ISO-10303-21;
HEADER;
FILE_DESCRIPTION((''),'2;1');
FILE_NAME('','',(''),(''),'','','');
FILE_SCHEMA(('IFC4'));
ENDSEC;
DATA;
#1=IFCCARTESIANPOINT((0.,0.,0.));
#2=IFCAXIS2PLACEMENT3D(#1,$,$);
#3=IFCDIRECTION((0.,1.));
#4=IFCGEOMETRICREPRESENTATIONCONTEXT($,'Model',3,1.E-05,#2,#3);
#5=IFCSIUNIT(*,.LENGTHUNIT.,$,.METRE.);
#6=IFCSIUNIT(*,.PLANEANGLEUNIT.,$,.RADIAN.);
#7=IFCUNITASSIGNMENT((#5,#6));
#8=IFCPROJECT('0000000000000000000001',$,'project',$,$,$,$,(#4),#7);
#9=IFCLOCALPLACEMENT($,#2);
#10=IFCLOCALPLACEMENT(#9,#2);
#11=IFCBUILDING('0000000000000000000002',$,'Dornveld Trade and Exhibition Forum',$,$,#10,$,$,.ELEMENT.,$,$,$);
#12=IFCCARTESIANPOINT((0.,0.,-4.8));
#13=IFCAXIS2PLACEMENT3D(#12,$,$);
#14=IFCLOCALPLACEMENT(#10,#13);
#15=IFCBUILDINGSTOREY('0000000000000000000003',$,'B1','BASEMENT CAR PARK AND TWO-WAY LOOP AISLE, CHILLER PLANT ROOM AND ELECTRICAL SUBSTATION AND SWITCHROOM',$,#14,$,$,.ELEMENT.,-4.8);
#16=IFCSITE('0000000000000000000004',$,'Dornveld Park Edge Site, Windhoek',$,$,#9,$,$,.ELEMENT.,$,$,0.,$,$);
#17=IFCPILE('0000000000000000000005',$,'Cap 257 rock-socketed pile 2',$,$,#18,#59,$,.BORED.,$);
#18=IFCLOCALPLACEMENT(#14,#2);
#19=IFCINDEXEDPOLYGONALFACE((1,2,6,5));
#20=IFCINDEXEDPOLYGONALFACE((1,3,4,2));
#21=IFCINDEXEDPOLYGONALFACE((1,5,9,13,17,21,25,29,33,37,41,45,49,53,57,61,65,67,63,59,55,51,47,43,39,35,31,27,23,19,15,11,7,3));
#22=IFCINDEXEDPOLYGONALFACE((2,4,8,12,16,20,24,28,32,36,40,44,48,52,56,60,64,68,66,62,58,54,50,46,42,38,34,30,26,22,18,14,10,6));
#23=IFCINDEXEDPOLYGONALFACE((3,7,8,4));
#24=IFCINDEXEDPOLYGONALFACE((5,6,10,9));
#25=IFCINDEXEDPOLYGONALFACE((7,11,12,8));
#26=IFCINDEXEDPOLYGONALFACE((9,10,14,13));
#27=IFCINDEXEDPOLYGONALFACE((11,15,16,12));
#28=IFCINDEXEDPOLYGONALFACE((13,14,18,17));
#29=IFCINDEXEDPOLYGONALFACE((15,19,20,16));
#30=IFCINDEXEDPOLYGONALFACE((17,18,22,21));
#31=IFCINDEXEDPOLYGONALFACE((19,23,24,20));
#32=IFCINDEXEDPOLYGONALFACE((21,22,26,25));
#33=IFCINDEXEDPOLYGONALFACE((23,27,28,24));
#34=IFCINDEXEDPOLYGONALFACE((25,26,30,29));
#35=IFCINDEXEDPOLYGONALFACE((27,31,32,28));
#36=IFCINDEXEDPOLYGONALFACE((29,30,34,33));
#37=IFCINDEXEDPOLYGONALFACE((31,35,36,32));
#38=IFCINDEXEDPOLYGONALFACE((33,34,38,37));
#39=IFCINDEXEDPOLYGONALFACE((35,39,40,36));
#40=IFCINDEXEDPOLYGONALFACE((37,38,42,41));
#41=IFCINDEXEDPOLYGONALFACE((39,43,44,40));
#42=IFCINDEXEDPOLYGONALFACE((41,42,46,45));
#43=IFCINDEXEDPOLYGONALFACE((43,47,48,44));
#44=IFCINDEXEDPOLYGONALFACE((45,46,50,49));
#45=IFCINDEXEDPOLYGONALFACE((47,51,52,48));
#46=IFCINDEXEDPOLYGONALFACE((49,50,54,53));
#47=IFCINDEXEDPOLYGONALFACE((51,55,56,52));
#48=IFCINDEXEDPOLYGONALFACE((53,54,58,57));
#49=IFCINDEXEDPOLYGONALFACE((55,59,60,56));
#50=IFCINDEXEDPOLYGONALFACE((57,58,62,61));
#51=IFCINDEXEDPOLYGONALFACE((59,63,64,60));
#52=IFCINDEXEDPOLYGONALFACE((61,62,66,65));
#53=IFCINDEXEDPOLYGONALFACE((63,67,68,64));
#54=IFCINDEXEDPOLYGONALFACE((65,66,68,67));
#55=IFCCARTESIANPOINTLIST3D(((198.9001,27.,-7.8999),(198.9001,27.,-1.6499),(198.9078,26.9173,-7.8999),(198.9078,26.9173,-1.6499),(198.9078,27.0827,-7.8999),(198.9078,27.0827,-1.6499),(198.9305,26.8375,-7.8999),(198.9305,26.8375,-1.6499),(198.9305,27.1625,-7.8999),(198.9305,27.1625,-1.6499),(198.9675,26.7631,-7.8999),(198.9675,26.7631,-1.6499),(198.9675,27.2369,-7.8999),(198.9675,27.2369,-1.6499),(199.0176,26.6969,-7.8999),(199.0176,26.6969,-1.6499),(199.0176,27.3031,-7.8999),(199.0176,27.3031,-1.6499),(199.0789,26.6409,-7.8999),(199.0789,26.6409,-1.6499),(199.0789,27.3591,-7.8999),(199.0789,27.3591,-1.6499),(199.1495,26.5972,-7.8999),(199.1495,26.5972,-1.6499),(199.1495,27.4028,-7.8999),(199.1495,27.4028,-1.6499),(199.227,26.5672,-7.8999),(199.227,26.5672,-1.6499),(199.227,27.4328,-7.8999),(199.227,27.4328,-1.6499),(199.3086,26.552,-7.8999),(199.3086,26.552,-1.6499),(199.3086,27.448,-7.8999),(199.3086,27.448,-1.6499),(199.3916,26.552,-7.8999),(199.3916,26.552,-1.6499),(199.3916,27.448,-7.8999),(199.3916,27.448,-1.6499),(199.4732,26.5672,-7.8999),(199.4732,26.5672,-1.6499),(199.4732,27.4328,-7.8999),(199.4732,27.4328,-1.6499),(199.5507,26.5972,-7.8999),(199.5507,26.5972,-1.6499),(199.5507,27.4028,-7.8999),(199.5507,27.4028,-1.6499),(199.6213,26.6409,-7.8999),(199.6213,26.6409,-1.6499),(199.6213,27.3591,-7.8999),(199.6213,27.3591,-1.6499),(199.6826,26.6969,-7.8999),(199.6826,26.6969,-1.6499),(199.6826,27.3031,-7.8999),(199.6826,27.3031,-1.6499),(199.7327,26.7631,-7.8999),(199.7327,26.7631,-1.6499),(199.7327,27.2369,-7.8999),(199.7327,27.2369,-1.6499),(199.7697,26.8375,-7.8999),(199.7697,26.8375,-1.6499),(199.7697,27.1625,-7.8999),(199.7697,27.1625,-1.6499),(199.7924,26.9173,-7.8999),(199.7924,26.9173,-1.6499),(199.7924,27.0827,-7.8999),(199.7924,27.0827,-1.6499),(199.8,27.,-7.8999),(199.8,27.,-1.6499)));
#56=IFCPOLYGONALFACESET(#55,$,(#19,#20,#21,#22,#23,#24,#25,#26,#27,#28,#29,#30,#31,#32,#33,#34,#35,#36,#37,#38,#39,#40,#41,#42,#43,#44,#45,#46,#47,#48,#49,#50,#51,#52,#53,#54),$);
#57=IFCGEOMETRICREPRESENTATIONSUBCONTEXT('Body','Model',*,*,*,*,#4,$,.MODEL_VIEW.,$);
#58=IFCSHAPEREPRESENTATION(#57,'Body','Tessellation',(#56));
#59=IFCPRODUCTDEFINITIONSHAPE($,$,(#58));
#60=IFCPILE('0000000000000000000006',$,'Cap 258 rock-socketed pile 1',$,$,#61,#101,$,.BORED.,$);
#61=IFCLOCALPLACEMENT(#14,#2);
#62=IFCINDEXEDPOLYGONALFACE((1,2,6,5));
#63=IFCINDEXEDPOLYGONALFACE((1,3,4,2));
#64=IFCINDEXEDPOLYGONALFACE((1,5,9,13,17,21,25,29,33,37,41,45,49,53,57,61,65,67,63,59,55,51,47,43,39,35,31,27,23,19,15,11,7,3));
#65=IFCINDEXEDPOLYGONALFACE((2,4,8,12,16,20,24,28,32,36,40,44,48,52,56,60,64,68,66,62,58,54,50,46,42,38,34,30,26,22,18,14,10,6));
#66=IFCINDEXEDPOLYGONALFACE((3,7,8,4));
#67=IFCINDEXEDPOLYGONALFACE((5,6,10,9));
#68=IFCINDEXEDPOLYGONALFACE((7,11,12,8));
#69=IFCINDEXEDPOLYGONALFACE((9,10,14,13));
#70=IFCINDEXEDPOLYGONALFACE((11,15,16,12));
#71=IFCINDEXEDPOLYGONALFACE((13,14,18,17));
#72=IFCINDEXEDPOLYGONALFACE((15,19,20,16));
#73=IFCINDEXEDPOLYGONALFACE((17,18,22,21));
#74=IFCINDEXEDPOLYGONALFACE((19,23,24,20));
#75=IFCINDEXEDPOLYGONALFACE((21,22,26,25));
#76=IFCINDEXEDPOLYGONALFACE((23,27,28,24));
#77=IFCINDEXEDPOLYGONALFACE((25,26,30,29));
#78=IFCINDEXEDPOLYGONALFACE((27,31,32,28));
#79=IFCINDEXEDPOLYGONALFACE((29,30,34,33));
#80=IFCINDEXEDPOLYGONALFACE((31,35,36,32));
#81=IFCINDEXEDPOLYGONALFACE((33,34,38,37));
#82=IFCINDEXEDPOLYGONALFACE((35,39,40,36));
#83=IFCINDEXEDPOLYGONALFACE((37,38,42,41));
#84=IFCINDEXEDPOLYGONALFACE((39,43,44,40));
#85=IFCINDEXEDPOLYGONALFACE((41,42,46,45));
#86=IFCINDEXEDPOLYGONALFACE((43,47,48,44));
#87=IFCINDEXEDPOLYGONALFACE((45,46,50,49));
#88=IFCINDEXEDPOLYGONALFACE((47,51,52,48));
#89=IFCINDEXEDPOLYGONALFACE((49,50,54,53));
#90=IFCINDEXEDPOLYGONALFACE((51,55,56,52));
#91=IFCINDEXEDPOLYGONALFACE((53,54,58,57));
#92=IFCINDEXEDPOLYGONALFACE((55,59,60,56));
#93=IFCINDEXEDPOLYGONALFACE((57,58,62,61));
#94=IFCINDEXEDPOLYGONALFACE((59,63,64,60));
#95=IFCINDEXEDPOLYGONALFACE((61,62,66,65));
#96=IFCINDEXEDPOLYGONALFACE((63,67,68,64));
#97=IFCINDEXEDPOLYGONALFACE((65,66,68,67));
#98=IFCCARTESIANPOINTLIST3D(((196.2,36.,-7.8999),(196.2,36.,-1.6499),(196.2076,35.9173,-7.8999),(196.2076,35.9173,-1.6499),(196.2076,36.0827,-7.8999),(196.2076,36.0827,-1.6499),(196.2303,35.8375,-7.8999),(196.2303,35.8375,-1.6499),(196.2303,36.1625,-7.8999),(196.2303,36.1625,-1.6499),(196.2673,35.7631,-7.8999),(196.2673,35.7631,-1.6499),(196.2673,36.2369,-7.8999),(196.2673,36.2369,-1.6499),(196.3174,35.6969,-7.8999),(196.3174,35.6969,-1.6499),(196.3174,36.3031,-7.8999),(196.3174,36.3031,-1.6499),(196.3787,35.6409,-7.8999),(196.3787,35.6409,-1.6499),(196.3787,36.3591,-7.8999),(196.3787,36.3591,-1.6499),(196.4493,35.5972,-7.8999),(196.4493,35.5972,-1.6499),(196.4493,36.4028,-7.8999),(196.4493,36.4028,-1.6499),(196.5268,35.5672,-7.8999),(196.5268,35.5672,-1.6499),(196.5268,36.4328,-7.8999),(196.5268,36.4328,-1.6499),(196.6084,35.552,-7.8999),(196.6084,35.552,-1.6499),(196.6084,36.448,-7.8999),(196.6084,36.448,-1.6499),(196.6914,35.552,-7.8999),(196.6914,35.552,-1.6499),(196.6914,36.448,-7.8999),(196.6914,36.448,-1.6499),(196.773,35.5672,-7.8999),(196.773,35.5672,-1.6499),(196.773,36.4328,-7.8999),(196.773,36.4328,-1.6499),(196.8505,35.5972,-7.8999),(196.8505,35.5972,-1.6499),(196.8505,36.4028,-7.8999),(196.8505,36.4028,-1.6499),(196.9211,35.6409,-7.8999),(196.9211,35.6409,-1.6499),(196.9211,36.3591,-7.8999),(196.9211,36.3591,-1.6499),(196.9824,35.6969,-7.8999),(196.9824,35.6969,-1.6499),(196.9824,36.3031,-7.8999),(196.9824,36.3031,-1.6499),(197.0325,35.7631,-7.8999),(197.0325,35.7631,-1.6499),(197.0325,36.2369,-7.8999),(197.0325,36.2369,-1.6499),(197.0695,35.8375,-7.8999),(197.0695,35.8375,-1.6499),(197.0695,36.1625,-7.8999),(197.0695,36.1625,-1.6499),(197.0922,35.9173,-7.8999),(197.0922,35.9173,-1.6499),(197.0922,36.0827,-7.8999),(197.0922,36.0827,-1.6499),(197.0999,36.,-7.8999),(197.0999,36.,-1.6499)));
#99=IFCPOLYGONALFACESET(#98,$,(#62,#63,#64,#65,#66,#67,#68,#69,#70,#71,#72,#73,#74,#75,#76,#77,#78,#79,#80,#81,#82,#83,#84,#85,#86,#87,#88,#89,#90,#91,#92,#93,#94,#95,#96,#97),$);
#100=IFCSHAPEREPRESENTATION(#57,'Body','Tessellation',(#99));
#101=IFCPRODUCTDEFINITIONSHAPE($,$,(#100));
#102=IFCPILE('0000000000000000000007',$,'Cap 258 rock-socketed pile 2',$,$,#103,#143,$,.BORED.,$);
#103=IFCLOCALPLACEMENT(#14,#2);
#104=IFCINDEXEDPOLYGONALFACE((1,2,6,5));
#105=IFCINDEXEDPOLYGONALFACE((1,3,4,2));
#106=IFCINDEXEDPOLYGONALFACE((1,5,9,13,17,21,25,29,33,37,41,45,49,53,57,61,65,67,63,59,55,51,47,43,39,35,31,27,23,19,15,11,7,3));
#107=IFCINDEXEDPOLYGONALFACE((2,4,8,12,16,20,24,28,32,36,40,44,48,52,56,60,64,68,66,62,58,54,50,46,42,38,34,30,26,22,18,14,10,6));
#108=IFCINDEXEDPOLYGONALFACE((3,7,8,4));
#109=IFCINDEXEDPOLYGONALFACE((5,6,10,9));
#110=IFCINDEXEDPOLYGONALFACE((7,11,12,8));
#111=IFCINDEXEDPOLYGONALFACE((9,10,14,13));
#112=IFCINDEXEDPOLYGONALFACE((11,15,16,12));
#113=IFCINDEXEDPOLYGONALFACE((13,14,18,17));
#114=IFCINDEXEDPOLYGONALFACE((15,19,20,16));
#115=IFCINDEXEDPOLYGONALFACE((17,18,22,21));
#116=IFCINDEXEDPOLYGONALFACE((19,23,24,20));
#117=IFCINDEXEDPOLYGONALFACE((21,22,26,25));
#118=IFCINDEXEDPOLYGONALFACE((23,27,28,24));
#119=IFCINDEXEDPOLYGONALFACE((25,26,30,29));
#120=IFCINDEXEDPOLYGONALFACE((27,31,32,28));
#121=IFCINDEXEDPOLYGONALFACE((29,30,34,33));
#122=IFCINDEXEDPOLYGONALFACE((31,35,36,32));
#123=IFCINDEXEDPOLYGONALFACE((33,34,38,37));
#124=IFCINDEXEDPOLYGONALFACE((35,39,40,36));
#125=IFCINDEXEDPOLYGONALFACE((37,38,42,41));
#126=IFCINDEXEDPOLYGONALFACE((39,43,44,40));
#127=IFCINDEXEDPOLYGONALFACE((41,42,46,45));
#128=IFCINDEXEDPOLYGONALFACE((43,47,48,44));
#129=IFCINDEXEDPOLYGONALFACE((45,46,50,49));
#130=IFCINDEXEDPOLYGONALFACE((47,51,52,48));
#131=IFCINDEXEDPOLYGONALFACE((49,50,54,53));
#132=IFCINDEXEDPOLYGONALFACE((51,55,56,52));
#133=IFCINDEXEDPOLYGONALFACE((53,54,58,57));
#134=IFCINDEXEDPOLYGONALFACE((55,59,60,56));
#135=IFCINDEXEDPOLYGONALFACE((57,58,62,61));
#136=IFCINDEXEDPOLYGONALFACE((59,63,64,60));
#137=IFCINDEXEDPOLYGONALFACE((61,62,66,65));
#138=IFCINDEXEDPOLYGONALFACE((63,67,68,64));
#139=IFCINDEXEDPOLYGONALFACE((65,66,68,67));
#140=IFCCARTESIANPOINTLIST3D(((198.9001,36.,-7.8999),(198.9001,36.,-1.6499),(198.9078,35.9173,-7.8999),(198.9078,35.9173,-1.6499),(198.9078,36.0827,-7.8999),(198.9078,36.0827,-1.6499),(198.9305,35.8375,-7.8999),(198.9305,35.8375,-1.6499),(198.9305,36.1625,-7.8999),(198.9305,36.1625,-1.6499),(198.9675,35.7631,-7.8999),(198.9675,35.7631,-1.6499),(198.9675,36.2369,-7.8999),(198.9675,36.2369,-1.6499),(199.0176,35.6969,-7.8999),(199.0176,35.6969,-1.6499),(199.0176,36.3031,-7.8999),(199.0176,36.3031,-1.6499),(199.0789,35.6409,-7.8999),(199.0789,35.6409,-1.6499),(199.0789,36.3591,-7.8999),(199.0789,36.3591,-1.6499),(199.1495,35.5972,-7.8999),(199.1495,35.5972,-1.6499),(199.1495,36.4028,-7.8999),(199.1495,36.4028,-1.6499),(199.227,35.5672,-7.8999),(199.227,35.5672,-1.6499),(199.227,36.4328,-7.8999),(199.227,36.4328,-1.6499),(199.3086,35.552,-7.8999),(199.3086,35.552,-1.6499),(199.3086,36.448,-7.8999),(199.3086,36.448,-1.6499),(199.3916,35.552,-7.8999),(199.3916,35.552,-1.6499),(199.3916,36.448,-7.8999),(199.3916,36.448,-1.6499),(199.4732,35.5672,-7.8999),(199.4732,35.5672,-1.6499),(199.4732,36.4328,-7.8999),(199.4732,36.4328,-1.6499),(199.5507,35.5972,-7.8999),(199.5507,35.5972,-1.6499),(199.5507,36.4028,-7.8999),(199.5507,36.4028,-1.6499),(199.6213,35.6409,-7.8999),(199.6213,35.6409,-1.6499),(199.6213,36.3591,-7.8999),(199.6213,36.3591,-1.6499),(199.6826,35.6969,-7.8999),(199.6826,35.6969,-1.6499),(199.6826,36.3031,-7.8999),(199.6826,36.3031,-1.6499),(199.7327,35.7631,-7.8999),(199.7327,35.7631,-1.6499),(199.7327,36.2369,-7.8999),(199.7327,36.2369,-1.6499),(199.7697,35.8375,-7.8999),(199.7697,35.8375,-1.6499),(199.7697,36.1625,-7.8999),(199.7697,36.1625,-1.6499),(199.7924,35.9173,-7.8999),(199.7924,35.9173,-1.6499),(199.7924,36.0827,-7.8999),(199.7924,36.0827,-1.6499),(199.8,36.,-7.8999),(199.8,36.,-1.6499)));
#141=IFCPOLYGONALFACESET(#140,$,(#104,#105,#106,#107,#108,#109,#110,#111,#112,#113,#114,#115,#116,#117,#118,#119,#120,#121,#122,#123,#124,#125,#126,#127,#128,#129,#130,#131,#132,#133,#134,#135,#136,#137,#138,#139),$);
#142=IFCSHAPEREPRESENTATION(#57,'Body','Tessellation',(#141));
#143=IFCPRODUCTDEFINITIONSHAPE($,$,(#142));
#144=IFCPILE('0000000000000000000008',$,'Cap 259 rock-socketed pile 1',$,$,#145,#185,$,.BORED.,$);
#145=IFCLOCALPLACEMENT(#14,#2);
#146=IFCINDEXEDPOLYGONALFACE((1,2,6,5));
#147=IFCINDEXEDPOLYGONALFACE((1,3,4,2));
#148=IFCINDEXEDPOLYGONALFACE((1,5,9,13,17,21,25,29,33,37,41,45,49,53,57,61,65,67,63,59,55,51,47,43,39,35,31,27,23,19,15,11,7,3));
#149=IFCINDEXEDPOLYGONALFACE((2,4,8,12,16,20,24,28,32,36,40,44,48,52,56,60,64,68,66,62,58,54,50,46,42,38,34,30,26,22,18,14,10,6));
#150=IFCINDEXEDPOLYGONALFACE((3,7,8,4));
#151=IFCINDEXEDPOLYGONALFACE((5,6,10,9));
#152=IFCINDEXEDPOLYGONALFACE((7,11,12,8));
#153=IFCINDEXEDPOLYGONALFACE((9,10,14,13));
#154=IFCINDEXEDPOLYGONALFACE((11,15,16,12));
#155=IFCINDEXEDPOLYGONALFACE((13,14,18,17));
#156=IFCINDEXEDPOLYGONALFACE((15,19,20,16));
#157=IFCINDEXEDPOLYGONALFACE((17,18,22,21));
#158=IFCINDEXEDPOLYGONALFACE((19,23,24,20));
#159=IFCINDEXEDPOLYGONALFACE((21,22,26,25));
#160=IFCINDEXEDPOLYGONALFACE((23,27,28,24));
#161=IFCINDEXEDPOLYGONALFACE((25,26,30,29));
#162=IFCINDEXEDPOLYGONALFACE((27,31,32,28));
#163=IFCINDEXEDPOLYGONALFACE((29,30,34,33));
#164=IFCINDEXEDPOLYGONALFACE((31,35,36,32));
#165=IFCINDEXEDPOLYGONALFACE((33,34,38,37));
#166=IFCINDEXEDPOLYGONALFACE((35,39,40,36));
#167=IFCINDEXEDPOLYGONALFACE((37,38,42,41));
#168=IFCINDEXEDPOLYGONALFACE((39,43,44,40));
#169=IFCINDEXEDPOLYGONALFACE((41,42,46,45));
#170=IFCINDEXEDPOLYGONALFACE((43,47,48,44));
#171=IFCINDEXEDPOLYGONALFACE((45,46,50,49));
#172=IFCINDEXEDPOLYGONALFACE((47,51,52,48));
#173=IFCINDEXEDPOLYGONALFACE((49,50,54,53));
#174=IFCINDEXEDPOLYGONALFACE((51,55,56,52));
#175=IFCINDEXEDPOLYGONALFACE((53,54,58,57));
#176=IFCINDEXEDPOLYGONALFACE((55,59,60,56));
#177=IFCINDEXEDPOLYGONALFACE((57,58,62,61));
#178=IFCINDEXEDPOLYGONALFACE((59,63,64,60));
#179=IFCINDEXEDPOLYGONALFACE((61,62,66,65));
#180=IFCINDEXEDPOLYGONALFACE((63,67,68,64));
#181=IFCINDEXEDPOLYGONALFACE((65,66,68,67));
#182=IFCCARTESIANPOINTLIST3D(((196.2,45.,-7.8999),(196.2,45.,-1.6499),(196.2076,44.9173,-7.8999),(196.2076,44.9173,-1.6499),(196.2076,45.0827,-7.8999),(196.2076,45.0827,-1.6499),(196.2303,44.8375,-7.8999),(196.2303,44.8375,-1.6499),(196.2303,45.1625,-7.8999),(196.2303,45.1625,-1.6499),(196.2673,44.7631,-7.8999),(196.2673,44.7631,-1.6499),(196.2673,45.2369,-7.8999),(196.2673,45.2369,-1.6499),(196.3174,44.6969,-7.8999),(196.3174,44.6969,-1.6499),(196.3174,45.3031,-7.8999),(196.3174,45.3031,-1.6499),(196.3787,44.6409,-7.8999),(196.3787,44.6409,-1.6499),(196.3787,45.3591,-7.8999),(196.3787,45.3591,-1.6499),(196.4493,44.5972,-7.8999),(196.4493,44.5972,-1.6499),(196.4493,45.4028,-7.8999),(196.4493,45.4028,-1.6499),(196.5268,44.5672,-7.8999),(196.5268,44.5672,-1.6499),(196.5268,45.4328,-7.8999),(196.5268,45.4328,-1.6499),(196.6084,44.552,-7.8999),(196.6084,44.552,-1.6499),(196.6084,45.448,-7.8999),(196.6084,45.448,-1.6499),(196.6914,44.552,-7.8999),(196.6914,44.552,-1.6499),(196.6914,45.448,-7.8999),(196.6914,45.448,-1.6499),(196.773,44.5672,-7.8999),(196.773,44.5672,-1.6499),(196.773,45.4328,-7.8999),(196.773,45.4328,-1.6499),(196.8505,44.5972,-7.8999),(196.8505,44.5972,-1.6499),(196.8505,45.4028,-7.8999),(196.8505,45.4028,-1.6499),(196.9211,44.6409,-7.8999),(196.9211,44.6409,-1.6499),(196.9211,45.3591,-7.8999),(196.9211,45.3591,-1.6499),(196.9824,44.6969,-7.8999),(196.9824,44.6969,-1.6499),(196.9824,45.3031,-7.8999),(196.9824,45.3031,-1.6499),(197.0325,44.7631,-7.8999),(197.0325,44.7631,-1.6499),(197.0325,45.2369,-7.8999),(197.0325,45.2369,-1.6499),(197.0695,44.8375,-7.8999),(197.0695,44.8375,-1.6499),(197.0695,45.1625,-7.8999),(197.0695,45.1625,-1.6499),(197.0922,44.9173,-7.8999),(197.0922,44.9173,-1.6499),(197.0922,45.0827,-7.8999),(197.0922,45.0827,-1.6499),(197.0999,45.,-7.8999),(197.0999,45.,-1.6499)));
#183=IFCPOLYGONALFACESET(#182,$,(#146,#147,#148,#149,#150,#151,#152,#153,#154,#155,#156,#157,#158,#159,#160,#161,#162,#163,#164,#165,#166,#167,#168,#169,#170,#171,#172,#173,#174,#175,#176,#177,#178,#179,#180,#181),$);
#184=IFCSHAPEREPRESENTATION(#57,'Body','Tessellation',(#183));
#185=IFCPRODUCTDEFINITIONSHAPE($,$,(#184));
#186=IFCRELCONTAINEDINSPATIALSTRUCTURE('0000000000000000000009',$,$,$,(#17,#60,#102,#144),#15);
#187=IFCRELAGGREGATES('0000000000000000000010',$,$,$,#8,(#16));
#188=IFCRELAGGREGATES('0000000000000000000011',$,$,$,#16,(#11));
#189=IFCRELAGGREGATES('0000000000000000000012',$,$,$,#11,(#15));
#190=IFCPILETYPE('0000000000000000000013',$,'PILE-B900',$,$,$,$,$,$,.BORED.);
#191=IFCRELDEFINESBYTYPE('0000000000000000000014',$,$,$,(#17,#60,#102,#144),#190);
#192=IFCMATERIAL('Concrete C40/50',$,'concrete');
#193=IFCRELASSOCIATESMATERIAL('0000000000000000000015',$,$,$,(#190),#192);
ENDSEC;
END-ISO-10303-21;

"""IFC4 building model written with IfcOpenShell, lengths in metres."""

from ifc_helpers import new_model, si_unit, direction, frame, origin, origin_2d, place, context, subcontext, project, spatial, circle, extrude, material, material_profile, profile_set, type_object, element, save


model = new_model("IFC4")

# Units and contexts
model_context = context("Model", 3, precision=1e-05, world=origin(), true_north=direction((0.0, 1.0)))
body_context = subcontext(model_context, "Body", "Model", "MODEL_VIEW")
ifc_project = project(units=[si_unit("LENGTHUNIT", "METRE"), si_unit("PLANEANGLEUNIT", "RADIAN")], contexts=[model_context])

# Site, building, storey
site_placement = place(None, origin())
site = spatial("IfcSite", under=ifc_project, at=site_placement, Name="Dornveld Park Edge Site, Windhoek", CompositionType="ELEMENT", RefElevation=0.0)
building_placement = place(site_placement, origin())
building = spatial("IfcBuilding", under=site, at=building_placement, Name="Dornveld Trade and Exhibition Forum", CompositionType="ELEMENT")
storey_placement = place(building_placement, frame((0.0, 0.0, -4.8)))
storey = spatial("IfcBuildingStorey", under=building, at=storey_placement, Name="B1", Description="BASEMENT CAR PARK AND TWO-WAY LOOP AISLE, CHILLER PLANT ROOM AND ELECTRICAL SUBSTATION AND SWITCHROOM", CompositionType="ELEMENT", Elevation=-4.8)

# Piles
ifc_material_1 = material(Name="Concrete C40/50", Category="concrete")
ifc_material_profile_1 = material_profile(ifc_material_1, circle(Radius=0.45, at=origin_2d()), Name="PILE D900")
ifc_profile_set_1 = profile_set([ifc_material_profile_1], Name="Concrete C40/50")
pile_type = type_object("IfcPileType", Name="PILE-B900", PredefinedType="BORED", material=ifc_profile_set_1)
for number, where, z_axis, x_axis, name in (
    (1, (199.3501, 27.0, -1.6499), (0.0, 0.0, -1.0), (1.0, 0.0, 0.0), "Cap 257 rock-socketed pile 2"),
    (2, (196.6499, 36.0, -1.6499), (0.0, 0.0, -1.0), (1.0, 0.0, 0.0), "Cap 258 rock-socketed pile 1"),
    (3, (199.3501, 36.0, -1.6499), (0.0, 0.0, -1.0), (1.0, 0.0, 0.0), "Cap 258 rock-socketed pile 2"),
    (4, (196.6499, 45.0, -1.6499), (0.0, 0.0, -1.0), (1.0, 0.0, 0.0), "Cap 259 rock-socketed pile 1"),
):
    element("IfcPile", number, at=place(storey_placement, frame(where, z_axis=z_axis, x_axis=x_axis)), inside=storey, type_object=pile_type, Name=name, PredefinedType="BORED", context=body_context, shape_type="SweptSolid", body=[
        extrude(circle(Radius=0.45, at=origin_2d()), origin(), (0.0, 0.0, 1.0), 6.25),
    ])

save(model, "model.ifc")
